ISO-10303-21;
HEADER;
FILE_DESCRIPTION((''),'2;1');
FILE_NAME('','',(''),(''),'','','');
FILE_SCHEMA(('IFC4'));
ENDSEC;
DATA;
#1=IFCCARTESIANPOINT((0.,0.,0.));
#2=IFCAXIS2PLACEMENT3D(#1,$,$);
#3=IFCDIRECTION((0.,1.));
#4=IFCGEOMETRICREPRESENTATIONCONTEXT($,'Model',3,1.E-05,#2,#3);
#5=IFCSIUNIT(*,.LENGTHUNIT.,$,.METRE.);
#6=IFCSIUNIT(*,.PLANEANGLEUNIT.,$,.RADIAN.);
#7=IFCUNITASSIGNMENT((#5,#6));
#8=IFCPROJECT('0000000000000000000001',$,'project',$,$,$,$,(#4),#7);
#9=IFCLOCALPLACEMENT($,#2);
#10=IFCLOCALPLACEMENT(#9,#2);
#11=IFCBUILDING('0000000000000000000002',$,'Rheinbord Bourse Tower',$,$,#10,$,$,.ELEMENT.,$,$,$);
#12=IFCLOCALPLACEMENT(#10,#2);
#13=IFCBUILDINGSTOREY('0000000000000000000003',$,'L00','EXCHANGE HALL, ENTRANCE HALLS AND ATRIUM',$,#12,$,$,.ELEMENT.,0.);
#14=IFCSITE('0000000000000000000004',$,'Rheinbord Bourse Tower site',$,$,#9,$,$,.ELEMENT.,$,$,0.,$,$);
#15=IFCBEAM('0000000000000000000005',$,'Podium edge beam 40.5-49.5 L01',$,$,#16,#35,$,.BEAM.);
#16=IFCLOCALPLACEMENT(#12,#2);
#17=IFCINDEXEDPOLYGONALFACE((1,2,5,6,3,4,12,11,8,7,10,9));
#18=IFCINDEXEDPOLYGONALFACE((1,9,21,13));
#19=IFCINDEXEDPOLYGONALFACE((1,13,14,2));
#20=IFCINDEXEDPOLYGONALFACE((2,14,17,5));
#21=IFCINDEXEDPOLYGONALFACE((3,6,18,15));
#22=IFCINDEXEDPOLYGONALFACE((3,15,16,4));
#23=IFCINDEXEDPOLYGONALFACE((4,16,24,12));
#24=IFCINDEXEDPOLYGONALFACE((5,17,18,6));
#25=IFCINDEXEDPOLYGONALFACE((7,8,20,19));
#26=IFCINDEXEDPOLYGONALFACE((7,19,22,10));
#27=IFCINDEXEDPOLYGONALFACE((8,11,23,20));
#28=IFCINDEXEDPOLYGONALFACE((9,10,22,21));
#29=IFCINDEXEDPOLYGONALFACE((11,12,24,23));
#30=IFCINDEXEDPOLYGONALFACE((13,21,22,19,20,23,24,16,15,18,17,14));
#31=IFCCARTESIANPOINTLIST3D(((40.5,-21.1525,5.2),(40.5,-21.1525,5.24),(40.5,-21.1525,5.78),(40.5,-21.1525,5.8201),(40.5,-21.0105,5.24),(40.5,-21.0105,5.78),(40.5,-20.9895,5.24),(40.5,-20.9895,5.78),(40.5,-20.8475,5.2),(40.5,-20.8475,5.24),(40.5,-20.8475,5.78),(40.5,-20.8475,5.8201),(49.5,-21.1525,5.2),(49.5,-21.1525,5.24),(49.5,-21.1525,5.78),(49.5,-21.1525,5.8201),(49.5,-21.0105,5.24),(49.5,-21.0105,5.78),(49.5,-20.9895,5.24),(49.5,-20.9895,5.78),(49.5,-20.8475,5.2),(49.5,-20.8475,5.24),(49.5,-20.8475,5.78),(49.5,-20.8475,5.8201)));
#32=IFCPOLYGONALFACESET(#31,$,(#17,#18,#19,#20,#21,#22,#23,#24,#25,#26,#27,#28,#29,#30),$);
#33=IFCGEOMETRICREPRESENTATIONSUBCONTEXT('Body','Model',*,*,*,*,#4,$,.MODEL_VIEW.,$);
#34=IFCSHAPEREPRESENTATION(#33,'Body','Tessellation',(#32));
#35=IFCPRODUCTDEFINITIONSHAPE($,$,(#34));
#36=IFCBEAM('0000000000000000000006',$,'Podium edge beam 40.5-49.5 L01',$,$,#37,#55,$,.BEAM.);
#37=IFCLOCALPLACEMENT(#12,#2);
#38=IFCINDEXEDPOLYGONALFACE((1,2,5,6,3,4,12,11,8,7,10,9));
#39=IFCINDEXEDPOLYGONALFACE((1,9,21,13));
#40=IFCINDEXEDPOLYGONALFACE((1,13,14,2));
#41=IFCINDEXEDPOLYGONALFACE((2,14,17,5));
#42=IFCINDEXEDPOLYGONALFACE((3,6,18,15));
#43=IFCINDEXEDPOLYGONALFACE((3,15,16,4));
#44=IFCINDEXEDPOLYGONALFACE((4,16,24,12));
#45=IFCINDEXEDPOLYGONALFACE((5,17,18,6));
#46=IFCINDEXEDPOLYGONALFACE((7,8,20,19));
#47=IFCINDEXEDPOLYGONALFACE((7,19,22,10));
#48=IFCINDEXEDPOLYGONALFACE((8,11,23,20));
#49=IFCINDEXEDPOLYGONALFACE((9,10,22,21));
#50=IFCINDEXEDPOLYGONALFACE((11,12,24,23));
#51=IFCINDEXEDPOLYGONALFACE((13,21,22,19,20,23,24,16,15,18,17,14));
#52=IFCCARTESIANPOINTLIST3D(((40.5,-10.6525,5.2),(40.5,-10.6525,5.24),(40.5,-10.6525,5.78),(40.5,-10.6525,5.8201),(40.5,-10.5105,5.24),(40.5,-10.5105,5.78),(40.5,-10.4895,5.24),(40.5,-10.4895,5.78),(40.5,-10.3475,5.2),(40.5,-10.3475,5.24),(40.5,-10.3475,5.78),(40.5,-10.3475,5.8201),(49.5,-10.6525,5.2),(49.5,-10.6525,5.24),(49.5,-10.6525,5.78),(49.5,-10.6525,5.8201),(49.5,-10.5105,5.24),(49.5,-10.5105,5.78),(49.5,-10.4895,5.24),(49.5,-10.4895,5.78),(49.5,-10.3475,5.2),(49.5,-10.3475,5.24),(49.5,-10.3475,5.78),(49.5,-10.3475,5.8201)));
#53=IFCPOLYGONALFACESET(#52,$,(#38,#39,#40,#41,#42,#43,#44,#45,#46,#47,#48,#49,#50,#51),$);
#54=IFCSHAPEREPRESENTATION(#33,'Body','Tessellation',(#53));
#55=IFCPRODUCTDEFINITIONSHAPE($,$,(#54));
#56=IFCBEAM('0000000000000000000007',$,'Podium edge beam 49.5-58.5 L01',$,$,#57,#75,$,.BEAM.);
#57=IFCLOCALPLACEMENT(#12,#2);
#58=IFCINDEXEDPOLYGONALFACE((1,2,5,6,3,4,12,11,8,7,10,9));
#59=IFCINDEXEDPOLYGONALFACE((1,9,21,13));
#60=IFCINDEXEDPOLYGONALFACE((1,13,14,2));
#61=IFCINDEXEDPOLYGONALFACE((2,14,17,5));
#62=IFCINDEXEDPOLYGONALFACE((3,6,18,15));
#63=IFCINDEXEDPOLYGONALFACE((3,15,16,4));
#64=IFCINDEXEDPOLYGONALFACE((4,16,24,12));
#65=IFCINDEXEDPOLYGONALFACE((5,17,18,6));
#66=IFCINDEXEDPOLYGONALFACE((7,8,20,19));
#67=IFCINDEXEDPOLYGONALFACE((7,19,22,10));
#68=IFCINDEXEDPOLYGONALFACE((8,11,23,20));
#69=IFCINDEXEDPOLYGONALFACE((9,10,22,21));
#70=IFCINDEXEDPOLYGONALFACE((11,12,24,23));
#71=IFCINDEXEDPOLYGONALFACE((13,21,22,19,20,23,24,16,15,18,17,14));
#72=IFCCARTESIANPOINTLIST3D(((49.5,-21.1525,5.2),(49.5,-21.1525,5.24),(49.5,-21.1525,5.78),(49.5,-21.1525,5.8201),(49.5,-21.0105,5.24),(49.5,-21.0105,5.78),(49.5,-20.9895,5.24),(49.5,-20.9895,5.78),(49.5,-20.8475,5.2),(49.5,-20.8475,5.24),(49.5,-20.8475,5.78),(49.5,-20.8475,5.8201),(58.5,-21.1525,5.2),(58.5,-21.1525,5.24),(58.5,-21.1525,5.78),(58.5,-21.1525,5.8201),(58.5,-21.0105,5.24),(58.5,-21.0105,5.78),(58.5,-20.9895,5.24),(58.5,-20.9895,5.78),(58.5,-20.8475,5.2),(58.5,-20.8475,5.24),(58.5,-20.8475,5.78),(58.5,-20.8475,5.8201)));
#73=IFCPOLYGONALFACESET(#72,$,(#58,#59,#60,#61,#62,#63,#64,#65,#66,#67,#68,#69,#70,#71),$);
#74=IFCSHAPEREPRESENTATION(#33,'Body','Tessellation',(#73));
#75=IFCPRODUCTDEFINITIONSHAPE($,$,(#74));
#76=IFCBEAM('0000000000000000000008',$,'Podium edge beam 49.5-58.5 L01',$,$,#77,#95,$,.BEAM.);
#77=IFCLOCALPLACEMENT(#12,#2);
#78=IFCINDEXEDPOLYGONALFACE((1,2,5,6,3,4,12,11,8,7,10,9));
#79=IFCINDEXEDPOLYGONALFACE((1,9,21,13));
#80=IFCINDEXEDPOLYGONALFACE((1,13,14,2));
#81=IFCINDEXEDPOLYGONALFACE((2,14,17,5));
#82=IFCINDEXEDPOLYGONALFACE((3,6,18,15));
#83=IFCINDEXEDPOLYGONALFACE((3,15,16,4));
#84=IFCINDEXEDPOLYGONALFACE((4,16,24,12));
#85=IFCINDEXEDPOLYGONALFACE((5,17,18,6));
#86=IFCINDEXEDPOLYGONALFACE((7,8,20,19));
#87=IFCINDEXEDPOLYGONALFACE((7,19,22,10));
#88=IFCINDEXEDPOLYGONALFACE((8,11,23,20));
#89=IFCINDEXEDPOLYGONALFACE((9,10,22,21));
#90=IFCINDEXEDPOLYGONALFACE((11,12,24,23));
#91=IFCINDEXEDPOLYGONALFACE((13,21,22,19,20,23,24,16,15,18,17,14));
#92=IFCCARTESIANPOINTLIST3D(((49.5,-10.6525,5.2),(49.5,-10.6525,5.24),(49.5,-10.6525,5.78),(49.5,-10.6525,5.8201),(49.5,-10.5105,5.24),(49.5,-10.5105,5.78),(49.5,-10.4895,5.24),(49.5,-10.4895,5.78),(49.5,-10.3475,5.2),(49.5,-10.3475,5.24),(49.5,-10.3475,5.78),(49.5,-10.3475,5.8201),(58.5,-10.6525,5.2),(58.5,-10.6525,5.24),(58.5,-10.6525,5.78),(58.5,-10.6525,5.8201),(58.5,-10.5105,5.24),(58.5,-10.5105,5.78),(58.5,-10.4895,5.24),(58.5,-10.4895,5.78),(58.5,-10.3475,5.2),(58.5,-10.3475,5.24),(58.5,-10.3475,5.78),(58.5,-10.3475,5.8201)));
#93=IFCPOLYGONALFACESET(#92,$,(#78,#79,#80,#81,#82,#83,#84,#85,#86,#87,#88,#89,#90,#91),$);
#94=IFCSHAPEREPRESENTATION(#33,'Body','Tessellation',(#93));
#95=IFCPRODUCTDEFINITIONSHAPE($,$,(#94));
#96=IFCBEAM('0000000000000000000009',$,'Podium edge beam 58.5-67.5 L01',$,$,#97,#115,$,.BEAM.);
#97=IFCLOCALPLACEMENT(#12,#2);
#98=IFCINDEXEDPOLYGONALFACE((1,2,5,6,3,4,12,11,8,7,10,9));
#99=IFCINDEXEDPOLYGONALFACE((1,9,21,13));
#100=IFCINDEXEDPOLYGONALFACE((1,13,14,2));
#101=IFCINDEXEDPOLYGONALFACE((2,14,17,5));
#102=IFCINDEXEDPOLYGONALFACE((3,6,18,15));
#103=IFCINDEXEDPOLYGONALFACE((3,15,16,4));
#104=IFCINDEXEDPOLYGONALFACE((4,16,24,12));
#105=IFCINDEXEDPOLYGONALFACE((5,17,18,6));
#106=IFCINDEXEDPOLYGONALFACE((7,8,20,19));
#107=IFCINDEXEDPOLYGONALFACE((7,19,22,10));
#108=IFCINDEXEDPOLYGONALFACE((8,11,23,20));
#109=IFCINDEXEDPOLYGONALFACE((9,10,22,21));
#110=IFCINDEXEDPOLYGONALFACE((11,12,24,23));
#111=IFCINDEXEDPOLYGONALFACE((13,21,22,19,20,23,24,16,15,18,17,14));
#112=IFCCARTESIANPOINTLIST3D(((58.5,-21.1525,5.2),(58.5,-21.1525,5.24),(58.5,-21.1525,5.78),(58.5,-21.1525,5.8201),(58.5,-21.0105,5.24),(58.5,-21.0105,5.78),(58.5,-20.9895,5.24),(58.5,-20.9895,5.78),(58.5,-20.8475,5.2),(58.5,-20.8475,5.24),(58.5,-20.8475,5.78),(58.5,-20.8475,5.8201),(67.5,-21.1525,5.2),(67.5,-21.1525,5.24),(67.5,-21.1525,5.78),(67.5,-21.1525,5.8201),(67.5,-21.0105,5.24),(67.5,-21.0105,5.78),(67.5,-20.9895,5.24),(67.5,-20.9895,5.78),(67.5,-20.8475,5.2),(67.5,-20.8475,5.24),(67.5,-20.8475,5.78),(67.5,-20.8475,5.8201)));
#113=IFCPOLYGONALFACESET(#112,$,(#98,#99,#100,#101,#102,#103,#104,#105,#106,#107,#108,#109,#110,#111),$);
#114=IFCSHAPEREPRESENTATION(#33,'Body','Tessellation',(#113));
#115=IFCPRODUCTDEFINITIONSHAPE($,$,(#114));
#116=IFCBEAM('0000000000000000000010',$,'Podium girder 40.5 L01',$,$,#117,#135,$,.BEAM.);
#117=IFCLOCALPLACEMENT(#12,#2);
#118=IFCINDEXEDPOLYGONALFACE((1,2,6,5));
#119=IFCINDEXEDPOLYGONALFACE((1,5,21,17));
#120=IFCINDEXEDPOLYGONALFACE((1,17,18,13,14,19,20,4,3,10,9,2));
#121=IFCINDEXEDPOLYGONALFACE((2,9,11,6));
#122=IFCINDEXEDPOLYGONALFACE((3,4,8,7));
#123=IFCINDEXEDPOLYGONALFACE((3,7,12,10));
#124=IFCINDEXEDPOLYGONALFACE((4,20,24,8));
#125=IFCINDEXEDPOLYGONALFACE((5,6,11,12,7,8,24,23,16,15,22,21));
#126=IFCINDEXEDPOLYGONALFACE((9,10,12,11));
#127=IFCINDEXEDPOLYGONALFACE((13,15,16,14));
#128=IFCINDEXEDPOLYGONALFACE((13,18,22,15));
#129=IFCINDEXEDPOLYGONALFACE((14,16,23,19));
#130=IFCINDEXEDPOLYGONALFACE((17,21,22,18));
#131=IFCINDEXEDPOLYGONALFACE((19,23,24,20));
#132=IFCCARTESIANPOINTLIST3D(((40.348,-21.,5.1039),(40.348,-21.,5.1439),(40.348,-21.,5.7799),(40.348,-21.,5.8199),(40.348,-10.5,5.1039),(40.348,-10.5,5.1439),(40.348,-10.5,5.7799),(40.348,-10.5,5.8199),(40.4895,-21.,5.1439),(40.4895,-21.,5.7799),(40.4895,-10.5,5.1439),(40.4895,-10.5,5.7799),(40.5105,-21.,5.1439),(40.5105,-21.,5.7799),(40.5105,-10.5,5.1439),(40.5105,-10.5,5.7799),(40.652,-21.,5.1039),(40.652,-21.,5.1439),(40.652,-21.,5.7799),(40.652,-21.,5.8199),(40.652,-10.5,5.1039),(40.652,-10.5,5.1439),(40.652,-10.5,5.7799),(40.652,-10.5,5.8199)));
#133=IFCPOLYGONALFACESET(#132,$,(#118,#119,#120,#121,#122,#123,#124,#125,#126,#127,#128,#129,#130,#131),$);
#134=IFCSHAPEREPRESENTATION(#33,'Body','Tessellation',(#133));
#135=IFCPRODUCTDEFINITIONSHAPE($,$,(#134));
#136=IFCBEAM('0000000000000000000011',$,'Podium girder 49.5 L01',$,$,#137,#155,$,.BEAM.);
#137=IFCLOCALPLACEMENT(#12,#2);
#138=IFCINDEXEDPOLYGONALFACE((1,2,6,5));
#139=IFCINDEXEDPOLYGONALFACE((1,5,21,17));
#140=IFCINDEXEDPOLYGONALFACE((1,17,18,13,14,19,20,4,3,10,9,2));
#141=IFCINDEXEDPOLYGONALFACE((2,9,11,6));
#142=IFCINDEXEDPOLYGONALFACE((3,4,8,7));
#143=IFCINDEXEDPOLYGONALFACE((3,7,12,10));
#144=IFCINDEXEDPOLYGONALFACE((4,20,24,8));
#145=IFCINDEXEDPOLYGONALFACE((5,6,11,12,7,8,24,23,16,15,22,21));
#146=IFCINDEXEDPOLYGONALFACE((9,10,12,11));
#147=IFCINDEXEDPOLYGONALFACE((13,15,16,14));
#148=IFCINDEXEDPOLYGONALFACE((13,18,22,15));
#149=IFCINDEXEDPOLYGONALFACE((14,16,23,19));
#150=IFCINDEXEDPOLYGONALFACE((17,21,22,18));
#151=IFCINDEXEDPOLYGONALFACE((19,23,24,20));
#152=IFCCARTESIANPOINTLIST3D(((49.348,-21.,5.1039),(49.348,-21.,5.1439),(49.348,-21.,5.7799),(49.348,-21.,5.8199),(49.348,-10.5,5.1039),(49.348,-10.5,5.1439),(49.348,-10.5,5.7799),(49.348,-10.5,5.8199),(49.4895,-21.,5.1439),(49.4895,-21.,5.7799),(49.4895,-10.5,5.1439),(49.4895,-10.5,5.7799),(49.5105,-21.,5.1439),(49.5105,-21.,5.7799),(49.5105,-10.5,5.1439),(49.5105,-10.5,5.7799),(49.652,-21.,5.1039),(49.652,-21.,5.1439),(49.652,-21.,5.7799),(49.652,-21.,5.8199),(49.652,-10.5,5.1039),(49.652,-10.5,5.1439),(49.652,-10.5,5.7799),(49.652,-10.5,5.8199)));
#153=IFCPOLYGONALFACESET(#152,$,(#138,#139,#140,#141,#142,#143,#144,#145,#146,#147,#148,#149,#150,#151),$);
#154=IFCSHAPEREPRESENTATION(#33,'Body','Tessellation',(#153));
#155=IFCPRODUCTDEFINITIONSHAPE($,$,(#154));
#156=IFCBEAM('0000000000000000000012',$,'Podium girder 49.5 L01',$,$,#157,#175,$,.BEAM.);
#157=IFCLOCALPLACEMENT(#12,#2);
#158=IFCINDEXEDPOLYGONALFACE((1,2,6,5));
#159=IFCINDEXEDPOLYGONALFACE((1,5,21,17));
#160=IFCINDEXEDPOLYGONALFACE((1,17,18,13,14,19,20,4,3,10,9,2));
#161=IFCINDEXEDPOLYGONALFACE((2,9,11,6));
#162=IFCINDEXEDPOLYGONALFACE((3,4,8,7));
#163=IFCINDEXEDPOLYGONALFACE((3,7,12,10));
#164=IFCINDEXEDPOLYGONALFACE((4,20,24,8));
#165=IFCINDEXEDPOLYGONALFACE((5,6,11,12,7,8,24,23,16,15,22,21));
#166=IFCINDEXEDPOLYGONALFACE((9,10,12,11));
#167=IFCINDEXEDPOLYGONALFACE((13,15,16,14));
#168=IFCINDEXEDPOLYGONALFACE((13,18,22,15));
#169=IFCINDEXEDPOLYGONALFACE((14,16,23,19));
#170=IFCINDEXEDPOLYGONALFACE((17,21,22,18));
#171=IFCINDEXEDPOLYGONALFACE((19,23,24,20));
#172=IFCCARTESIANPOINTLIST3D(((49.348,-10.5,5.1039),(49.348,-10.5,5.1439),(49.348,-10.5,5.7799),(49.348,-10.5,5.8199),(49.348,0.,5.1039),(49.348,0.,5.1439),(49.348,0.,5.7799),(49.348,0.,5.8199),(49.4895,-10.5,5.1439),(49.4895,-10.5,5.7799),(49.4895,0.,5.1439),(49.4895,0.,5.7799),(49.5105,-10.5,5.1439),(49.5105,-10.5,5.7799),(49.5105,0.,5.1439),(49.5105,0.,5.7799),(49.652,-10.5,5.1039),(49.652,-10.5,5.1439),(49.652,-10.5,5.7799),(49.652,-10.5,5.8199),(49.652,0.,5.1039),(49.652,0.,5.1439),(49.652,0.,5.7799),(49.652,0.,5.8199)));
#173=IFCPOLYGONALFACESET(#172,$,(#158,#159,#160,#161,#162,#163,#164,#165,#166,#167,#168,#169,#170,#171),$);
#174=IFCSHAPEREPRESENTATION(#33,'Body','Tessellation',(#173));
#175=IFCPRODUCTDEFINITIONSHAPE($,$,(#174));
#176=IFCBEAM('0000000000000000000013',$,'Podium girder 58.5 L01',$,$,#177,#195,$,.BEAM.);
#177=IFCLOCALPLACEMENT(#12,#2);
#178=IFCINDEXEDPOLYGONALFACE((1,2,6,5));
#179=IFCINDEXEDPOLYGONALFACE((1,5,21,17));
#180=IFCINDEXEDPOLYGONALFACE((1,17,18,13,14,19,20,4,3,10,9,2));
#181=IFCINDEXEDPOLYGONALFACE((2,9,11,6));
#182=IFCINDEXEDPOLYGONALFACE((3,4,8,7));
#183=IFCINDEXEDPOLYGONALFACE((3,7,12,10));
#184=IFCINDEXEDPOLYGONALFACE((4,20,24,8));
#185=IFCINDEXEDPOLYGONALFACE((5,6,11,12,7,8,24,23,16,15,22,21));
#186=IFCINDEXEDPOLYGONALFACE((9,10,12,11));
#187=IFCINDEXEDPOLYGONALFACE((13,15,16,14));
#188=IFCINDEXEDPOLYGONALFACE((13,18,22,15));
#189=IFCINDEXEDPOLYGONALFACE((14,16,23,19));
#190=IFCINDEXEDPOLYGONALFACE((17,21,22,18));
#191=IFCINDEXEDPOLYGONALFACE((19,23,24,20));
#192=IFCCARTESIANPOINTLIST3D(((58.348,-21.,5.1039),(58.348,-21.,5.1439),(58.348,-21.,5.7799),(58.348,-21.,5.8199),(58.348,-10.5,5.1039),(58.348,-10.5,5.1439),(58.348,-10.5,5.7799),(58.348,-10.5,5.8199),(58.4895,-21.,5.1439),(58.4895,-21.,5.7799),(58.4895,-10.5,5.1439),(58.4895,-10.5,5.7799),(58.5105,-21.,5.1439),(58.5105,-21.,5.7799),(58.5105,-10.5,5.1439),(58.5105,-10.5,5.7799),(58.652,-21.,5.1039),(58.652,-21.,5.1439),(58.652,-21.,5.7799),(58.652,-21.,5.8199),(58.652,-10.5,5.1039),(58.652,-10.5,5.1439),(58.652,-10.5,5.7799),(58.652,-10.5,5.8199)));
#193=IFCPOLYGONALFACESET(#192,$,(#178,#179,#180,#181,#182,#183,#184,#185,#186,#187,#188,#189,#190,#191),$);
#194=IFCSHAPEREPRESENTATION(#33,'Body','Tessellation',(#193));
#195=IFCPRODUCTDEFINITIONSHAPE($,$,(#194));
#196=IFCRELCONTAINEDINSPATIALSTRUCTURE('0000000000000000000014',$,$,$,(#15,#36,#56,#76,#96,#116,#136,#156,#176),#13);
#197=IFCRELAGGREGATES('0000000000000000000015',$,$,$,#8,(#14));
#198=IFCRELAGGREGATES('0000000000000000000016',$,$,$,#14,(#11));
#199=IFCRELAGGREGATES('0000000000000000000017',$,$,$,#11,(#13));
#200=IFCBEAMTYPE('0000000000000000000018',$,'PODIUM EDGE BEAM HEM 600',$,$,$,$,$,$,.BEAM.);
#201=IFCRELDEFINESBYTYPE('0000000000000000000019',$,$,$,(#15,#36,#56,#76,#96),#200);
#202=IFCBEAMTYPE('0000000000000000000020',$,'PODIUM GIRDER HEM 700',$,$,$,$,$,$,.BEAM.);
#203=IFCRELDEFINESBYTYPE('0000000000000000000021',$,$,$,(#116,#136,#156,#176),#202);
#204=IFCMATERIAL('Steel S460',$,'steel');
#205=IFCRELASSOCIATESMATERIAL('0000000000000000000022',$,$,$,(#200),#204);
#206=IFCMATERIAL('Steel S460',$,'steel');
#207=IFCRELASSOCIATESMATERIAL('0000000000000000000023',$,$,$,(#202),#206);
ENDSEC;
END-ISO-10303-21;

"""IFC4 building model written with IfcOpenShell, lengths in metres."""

from ifc_helpers import new_model, si_unit, direction, frame, origin, origin_2d, place, context, subcontext, project, spatial, i_section, extrude, material, material_profile, profile_set, type_object, element, save


model = new_model("IFC4")

# Units and contexts
model_context = context("Model", 3, precision=1e-05, world=origin(), true_north=direction((0.0, 1.0)))
body_context = subcontext(model_context, "Body", "Model", "MODEL_VIEW")
ifc_project = project(units=[si_unit("LENGTHUNIT", "METRE"), si_unit("PLANEANGLEUNIT", "RADIAN")], contexts=[model_context])

# Site, building, storey
site_placement = place(None, origin())
site = spatial("IfcSite", under=ifc_project, at=site_placement, Name="Rheinbord Bourse Tower site", CompositionType="ELEMENT", RefElevation=0.0)
building_placement = place(site_placement, origin())
building = spatial("IfcBuilding", under=site, at=building_placement, Name="Rheinbord Bourse Tower", CompositionType="ELEMENT")
storey_placement = place(building_placement, origin())
storey = spatial("IfcBuildingStorey", under=building, at=storey_placement, Name="L00", Description="EXCHANGE HALL, ENTRANCE HALLS AND ATRIUM", CompositionType="ELEMENT", Elevation=0.0)

# Beams
ifc_material_1 = material(Name="Steel S460", Category="steel")
ifc_material_profile_1 = material_profile(ifc_material_1, i_section(OverallWidth=0.3049, OverallDepth=0.6201, WebThickness=0.021, FlangeThickness=0.04, at=origin_2d()), Name="HEM 600")
ifc_profile_set_1 = profile_set([ifc_material_profile_1], Name="Steel S460")
beam_type_1 = type_object("IfcBeamType", Name="PODIUM EDGE BEAM HEM 600", PredefinedType="BEAM", material=ifc_profile_set_1)
for number, where, z_axis, x_axis, name in (
    (1, (40.5, -21.0, 5.51), (1.0, 0.0, 0.0), (0.0, 1.0, 0.0), "Podium edge beam 40.5-49.5 L01"),
    (2, (40.5, -10.5, 5.51), (1.0, 0.0, 0.0), (0.0, 1.0, 0.0), "Podium edge beam 40.5-49.5 L01"),
    (3, (49.5, -21.0, 5.51), (1.0, 0.0, 0.0), (0.0, 1.0, 0.0), "Podium edge beam 49.5-58.5 L01"),
    (4, (49.5, -10.5, 5.51), (1.0, 0.0, 0.0), (0.0, 1.0, 0.0), "Podium edge beam 49.5-58.5 L01"),
    (5, (58.5, -21.0, 5.51), (1.0, 0.0, 0.0), (0.0, 1.0, 0.0), "Podium edge beam 58.5-67.5 L01"),
):
    element("IfcBeam", number, at=place(storey_placement, frame(where, z_axis=z_axis, x_axis=x_axis)), inside=storey, type_object=beam_type_1, Name=name, PredefinedType="BEAM", context=body_context, shape_type="SweptSolid", body=[
        extrude(i_section(OverallWidth=0.3049, OverallDepth=0.6201, WebThickness=0.021, FlangeThickness=0.04, at=origin_2d()), origin(), (0.0, 0.0, 1.0), 9.0),
    ])
ifc_material_2 = material(Name="Steel S460", Category="steel")
ifc_material_profile_2 = material_profile(ifc_material_2, i_section(OverallWidth=0.304, OverallDepth=0.7161, WebThickness=0.021, FlangeThickness=0.04, at=origin_2d()), Name="HEM 700")
ifc_profile_set_2 = profile_set([ifc_material_profile_2], Name="Steel S460")
beam_type_2 = type_object("IfcBeamType", Name="PODIUM GIRDER HEM 700", PredefinedType="BEAM", material=ifc_profile_set_2)
for number, where, z_axis, x_axis, name in (
    (6, (40.5, -21.0, 5.4619), (0.0, 1.0, 0.0), (-1.0, 0.0, 0.0), "Podium girder 40.5 L01"),
    (7, (49.5, -21.0, 5.4619), (0.0, 1.0, 0.0), (-1.0, 0.0, 0.0), "Podium girder 49.5 L01"),
    (8, (49.5, -10.5, 5.4619), (0.0, 1.0, 0.0), (-1.0, 0.0, 0.0), "Podium girder 49.5 L01"),
    (9, (58.5, -21.0, 5.4619), (0.0, 1.0, 0.0), (-1.0, 0.0, 0.0), "Podium girder 58.5 L01"),
):
    element("IfcBeam", number, at=place(storey_placement, frame(where, z_axis=z_axis, x_axis=x_axis)), inside=storey, type_object=beam_type_2, Name=name, PredefinedType="BEAM", context=body_context, shape_type="SweptSolid", body=[
        extrude(i_section(OverallWidth=0.304, OverallDepth=0.7161, WebThickness=0.021, FlangeThickness=0.04, at=origin_2d()), origin(), (0.0, 0.0, 1.0), 10.5),
    ])

save(model, "model.ifc")
